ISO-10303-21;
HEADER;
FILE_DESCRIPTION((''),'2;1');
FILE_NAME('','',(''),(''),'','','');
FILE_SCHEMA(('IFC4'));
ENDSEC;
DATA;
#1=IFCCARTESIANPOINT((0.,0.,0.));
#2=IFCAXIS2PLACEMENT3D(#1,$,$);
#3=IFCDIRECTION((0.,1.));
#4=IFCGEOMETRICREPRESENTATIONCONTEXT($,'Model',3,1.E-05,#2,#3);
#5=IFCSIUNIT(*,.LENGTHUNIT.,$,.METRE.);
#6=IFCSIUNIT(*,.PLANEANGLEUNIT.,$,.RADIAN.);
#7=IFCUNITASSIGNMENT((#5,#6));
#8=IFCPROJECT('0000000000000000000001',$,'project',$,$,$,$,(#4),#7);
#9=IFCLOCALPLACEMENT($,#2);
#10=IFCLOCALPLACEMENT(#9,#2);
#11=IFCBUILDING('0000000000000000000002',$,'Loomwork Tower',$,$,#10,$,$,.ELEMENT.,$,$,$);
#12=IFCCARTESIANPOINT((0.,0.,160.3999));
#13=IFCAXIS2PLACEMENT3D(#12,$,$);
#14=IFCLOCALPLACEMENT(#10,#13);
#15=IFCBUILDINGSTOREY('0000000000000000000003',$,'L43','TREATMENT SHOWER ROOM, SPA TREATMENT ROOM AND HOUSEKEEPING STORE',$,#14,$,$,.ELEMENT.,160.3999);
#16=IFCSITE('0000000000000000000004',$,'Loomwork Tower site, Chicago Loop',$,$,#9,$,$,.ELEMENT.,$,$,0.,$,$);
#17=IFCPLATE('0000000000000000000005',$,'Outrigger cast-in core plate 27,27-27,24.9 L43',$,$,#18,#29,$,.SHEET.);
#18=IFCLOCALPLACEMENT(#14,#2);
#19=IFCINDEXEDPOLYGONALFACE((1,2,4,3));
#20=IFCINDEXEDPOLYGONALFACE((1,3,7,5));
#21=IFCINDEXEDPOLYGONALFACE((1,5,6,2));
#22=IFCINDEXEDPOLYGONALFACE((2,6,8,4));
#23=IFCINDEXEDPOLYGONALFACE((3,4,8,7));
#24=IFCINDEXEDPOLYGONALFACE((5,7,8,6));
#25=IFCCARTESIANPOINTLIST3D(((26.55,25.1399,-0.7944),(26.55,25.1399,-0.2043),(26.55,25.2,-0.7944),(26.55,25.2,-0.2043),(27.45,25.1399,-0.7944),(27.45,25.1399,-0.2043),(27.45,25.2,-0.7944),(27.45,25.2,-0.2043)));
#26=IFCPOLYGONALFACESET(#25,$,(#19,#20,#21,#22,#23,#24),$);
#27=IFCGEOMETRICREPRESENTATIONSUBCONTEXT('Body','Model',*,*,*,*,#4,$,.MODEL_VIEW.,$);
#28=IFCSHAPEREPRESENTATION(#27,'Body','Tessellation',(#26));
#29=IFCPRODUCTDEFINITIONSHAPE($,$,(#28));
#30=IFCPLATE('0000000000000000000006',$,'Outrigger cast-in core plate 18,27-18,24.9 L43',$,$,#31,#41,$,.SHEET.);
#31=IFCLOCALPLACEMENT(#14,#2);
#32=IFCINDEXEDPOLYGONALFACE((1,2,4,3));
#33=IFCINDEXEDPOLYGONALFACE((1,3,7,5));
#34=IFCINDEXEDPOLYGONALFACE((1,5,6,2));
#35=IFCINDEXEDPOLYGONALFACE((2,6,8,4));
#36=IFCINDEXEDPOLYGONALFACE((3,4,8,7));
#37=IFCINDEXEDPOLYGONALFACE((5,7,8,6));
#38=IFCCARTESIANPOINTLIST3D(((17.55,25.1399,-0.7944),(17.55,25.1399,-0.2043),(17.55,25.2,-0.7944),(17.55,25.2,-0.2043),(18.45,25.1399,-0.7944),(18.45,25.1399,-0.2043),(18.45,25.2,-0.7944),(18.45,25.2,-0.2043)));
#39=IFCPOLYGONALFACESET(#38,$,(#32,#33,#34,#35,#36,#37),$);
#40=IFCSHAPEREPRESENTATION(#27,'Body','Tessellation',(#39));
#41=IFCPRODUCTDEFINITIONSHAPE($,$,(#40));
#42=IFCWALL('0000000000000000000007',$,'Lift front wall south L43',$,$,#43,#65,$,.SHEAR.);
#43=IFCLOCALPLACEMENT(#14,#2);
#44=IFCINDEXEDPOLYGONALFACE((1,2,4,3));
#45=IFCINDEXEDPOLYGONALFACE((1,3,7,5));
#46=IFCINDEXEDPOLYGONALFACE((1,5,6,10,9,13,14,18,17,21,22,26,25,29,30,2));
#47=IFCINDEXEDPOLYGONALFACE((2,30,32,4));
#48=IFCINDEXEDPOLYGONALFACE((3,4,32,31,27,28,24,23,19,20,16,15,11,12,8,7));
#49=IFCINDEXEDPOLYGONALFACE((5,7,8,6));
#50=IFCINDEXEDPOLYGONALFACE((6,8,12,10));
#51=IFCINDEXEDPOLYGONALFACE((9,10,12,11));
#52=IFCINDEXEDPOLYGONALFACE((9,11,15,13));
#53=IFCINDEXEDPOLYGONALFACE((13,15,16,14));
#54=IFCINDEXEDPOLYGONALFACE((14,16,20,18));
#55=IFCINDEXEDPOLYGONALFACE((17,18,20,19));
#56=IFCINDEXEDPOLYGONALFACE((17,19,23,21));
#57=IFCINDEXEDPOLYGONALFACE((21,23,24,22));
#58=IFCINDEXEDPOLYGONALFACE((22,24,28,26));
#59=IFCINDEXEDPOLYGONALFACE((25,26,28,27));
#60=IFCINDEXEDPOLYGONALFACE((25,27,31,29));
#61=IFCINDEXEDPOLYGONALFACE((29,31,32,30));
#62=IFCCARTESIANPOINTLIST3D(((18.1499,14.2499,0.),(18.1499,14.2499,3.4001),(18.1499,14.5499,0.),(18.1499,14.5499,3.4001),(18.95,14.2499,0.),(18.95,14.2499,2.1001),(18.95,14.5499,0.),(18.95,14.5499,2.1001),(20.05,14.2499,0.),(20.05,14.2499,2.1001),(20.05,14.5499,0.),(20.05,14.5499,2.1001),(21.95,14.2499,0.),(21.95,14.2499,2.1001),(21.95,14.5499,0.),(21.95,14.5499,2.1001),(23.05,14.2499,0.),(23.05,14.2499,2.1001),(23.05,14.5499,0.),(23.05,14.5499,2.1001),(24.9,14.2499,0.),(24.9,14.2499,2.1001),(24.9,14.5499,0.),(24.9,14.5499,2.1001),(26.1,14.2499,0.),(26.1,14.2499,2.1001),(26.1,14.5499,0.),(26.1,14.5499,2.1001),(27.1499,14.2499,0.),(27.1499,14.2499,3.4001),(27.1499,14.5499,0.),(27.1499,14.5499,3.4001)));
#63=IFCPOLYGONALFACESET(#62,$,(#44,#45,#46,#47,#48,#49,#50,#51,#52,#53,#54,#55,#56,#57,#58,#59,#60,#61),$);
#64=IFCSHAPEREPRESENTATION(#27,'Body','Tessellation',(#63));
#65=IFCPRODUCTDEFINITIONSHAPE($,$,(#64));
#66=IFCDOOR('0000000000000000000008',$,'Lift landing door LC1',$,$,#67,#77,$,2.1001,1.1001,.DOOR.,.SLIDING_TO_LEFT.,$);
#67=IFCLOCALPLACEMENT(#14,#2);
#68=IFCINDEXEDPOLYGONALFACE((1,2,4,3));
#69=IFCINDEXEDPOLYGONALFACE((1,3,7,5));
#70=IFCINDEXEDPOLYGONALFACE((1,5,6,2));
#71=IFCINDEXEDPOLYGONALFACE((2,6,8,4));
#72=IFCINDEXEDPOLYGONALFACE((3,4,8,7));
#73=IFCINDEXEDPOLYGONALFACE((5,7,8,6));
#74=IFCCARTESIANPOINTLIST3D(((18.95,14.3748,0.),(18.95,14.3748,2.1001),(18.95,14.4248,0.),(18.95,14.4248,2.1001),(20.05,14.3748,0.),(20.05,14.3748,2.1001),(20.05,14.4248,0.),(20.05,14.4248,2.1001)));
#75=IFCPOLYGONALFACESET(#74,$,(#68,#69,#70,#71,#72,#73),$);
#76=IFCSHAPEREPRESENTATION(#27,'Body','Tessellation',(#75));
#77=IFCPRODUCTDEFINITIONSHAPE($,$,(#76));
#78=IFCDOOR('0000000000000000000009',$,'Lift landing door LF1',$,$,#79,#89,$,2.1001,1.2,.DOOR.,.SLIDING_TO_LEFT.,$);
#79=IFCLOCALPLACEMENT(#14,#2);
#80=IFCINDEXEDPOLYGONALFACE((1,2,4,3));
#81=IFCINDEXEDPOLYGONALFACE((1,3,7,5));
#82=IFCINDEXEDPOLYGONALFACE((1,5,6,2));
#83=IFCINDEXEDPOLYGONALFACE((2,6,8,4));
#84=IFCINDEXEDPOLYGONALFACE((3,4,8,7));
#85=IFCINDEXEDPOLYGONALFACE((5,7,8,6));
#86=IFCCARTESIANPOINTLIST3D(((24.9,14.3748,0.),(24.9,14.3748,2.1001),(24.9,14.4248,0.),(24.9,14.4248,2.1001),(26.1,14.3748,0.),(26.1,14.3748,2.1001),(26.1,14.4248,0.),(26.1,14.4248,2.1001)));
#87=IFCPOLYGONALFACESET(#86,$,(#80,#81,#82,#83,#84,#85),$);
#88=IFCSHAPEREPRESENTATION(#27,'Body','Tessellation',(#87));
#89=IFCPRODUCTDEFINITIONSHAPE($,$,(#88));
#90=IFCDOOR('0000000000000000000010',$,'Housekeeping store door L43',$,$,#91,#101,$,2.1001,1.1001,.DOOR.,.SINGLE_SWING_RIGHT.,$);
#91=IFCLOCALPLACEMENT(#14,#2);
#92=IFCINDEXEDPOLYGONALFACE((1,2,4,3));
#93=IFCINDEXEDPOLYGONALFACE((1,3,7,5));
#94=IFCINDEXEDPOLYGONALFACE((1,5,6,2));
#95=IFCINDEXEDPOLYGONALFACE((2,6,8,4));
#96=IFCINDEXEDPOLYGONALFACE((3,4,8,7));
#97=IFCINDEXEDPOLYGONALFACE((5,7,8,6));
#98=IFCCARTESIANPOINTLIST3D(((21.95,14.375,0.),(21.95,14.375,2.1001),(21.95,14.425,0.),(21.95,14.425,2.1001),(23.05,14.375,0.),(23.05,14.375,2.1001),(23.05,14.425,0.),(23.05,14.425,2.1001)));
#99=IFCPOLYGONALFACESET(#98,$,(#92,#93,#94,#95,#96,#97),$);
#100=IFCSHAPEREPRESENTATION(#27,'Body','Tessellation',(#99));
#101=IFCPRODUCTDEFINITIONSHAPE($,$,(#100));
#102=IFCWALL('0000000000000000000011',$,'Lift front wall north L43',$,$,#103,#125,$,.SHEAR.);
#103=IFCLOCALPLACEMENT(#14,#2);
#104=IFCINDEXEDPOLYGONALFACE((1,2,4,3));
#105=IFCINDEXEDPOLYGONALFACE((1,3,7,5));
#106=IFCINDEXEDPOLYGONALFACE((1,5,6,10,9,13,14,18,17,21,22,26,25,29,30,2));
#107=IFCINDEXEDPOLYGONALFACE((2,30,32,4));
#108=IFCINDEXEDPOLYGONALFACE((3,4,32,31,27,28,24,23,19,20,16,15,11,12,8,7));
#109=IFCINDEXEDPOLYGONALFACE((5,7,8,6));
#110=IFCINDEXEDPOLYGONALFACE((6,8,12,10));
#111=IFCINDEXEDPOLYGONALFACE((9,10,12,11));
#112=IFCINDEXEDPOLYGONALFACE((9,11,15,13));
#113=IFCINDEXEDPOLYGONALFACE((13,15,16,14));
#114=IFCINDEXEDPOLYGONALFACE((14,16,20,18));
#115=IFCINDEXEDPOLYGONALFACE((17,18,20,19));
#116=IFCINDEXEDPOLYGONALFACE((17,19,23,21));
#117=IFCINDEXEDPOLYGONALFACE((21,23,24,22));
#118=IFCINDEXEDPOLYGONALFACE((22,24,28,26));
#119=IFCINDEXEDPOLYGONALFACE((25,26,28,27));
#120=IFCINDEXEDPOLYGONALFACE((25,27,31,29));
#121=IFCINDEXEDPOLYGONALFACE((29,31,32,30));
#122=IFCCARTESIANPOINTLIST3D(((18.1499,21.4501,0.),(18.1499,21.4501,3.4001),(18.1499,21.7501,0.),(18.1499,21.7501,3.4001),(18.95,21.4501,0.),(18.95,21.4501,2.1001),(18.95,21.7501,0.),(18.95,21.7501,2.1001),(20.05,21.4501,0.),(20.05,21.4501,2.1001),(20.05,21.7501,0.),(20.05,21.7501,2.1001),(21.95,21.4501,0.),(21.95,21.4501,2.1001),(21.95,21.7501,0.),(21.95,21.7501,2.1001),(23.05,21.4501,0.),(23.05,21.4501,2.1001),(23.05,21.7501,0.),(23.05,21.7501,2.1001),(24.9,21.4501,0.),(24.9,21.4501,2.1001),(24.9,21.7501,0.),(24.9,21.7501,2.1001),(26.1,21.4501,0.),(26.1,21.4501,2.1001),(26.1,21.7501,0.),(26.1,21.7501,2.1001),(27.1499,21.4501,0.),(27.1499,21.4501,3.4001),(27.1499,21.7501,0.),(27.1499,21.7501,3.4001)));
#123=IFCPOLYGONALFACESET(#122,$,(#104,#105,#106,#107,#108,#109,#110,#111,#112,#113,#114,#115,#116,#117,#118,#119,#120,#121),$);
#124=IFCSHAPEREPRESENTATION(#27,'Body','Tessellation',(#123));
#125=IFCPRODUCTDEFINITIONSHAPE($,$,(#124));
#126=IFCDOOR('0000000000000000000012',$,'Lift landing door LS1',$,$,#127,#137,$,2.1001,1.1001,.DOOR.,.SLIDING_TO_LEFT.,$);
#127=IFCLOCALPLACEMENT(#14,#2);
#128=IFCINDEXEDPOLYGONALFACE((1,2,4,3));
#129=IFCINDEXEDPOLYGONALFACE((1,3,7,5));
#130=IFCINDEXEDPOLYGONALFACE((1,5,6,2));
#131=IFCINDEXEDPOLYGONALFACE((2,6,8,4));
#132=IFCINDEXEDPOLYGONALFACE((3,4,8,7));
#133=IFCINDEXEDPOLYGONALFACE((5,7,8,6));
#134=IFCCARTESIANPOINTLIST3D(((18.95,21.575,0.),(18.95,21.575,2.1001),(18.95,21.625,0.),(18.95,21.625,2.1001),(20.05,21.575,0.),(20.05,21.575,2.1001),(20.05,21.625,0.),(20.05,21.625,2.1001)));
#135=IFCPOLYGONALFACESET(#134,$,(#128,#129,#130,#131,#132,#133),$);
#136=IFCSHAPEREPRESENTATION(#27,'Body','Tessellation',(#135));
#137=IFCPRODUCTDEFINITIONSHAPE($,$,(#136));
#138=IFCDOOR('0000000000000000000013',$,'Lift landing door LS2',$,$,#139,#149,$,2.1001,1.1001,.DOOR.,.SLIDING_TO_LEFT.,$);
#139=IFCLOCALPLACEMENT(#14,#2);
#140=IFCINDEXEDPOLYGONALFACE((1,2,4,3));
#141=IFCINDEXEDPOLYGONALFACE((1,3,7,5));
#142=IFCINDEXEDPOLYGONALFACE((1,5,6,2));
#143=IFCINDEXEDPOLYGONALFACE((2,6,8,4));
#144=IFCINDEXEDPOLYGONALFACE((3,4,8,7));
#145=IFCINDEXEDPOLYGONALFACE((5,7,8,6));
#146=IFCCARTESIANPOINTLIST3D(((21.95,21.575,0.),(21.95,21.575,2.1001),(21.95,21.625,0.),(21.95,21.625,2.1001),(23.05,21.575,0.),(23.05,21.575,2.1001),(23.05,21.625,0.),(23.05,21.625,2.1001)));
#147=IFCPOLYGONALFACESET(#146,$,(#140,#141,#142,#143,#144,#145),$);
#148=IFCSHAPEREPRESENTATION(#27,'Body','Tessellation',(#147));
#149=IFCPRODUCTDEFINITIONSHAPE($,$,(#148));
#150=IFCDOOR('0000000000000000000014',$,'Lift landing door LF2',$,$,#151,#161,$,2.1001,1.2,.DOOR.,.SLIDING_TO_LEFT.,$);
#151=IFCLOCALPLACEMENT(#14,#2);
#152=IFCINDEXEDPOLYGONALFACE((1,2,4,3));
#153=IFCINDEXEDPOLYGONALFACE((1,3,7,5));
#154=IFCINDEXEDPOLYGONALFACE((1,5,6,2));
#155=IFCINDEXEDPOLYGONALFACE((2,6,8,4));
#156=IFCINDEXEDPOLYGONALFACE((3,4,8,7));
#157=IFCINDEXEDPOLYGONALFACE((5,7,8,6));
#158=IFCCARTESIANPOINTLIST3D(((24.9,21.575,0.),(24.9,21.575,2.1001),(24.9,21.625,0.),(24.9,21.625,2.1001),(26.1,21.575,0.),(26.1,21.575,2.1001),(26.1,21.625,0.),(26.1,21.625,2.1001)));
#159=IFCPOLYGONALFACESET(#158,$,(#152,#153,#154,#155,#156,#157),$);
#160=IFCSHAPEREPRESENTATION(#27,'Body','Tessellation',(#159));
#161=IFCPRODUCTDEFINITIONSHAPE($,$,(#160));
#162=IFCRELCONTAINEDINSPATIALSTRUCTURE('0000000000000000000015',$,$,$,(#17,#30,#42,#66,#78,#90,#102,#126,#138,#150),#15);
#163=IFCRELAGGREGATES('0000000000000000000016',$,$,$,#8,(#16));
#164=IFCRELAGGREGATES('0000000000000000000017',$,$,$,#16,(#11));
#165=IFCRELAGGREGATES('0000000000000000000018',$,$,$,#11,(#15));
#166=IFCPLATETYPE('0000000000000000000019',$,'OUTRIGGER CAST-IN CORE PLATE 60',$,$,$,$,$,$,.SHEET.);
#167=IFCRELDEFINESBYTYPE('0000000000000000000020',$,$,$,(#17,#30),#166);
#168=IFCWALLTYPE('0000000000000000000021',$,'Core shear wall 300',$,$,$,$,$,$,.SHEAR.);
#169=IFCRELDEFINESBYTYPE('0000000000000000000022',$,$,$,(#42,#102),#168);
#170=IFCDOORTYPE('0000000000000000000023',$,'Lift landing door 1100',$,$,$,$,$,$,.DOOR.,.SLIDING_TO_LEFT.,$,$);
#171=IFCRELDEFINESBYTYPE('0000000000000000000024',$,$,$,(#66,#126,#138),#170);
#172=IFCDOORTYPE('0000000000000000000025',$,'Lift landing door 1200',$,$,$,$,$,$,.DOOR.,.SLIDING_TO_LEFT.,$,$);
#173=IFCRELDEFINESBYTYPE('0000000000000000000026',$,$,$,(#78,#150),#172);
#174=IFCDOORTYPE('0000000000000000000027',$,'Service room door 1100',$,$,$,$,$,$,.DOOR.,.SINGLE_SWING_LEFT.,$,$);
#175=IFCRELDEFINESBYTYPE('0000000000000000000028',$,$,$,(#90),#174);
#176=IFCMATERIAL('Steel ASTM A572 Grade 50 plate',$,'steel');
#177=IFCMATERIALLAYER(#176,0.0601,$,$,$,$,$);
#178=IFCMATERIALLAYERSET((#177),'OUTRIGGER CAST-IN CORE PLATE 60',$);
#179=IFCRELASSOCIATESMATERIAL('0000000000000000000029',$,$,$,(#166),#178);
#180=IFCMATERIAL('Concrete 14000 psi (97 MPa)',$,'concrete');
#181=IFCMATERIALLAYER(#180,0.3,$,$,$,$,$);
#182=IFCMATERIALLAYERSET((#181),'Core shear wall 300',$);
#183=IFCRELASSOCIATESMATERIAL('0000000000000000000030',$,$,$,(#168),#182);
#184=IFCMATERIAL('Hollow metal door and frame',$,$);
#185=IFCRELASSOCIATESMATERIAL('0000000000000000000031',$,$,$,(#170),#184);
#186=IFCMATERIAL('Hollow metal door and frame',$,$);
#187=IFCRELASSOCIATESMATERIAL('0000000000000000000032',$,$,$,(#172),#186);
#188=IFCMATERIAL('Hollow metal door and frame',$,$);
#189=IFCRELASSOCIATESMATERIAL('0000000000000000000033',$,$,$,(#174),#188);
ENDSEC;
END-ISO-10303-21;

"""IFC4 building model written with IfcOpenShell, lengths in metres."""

from ifc_helpers import new_model, si_unit, direction, frame, frame_2d, origin, origin_2d, place, context, subcontext, project, spatial, rectangle, extrude, material, layer, layer_set, type_object, element, fill, save


model = new_model("IFC4")

# Units and contexts
model_context = context("Model", 3, precision=1e-05, world=origin(), true_north=direction((0.0, 1.0)))
body_context = subcontext(model_context, "Body", "Model", "MODEL_VIEW")
ifc_project = project(units=[si_unit("LENGTHUNIT", "METRE"), si_unit("PLANEANGLEUNIT", "RADIAN")], contexts=[model_context])

# Site, building, storey
site_placement = place(None, origin())
site = spatial("IfcSite", under=ifc_project, at=site_placement, Name="Loomwork Tower site, Chicago Loop", CompositionType="ELEMENT", RefElevation=0.0)
building_placement = place(site_placement, origin())
building = spatial("IfcBuilding", under=site, at=building_placement, Name="Loomwork Tower", CompositionType="ELEMENT")
storey_placement = place(building_placement, frame((0.0, 0.0, 160.3999)))
storey = spatial("IfcBuildingStorey", under=building, at=storey_placement, Name="L43", Description="TREATMENT SHOWER ROOM, SPA TREATMENT ROOM AND HOUSEKEEPING STORE", CompositionType="ELEMENT", Elevation=160.3999)

# Plates
ifc_material_1 = material(Name="Steel ASTM A572 Grade 50 plate", Category="steel")
ifc_layer_1 = layer(ifc_material_1, 0.0601)
ifc_layer_set_1 = layer_set([ifc_layer_1], Name="OUTRIGGER CAST-IN CORE PLATE 60")
plate_type = type_object("IfcPlateType", Name="OUTRIGGER CAST-IN CORE PLATE 60", PredefinedType="SHEET", material=ifc_layer_set_1)
for number, where, z_axis, x_axis, name in (
    (1, (27.0, 25.1699, -0.7944), (0.0, 0.0, 1.0), (1.0, 0.0, 0.0), "Outrigger cast-in core plate 27,27-27,24.9 L43"),
    (2, (18.0, 25.1699, -0.7944), (0.0, 0.0, 1.0), (1.0, 0.0, 0.0), "Outrigger cast-in core plate 18,27-18,24.9 L43"),
):
    element("IfcPlate", number, at=place(storey_placement, frame(where, z_axis=z_axis, x_axis=x_axis)), inside=storey, type_object=plate_type, Name=name, PredefinedType="SHEET", context=body_context, shape_type="SweptSolid", body=[
        extrude(rectangle(XDim=0.8999, YDim=0.0601, at=origin_2d()), origin(), (0.0, 0.0, 1.0), 0.5901),
    ])

# Walls, openings, doors
ifc_material_2 = material(Name="Concrete 14000 psi (97 MPa)", Category="concrete")
ifc_layer_2 = layer(ifc_material_2, 0.3)
ifc_layer_set_2 = layer_set([ifc_layer_2], Name="Core shear wall 300")
wall_type_1 = type_object("IfcWallType", Name="Core shear wall 300", PredefinedType="SHEAR", material=ifc_layer_set_2)
wall_1_placement = place(storey_placement, frame((18.1499, 14.3999, 0.0), z_axis=(0.0, 0.0, 1.0), x_axis=(1.0, 0.0, 0.0)))
wall_1 = element("IfcWall", 3, at=wall_1_placement, inside=storey, type_object=wall_type_1, Name="Lift front wall south L43", PredefinedType="SHEAR", context=body_context, shape_type="SweptSolid", body=[
    extrude(rectangle(XDim=9.0, YDim=0.3, at=frame_2d((4.5, 0.0))), origin(), (0.0, 0.0, 1.0), 3.4001),
])
opening_1_placement = place(wall_1_placement, frame((0.8, 0.0, 0.0)))
opening_1 = element("IfcOpeningElement", 4, at=opening_1_placement, cuts=wall_1, PredefinedType="OPENING", context=body_context, shape_type="SweptSolid", body=[
    extrude(rectangle(XDim=1.1001, YDim=2.1001, at=frame_2d((0.55, 1.05))), frame((0.0, 0.1599, 0.0), z_axis=(0.0, -1.0, 0.0), x_axis=(1.0, 0.0, 0.0)), (0.0, 0.0, 1.0), 0.3201),
])
opening_2_placement = place(wall_1_placement, frame((6.75, 0.0, 0.0)))
opening_2 = element("IfcOpeningElement", 5, at=opening_2_placement, cuts=wall_1, PredefinedType="OPENING", context=body_context, shape_type="SweptSolid", body=[
    extrude(rectangle(XDim=1.2, YDim=2.1001, at=frame_2d((0.6001, 1.05))), frame((0.0, 0.1599, 0.0), z_axis=(0.0, -1.0, 0.0), x_axis=(1.0, 0.0, 0.0)), (0.0, 0.0, 1.0), 0.3201),
])
opening_3_placement = place(wall_1_placement, frame((3.8, 0.0, 0.0)))
opening_3 = element("IfcOpeningElement", 6, at=opening_3_placement, cuts=wall_1, PredefinedType="OPENING", context=body_context, shape_type="SweptSolid", body=[
    extrude(rectangle(XDim=1.1001, YDim=2.1001, at=frame_2d((0.55, 1.05))), frame((0.0, 0.1599, 0.0), z_axis=(0.0, -1.0, 0.0), x_axis=(1.0, 0.0, 0.0)), (0.0, 0.0, 1.0), 0.3201),
])
ifc_material_3 = material(Name="Hollow metal door and frame")
door_type_1 = type_object("IfcDoorType", Name="Lift landing door 1100", OperationType="SLIDING_TO_LEFT", PredefinedType="DOOR", material=ifc_material_3)
door_1_placement = place(opening_1_placement, origin())
door_1 = element("IfcDoor", 7, at=door_1_placement, inside=storey, type_object=door_type_1, Name="Lift landing door LC1", OperationType="SLIDING_TO_LEFT", OverallHeight=2.1001, OverallWidth=1.1001, PredefinedType="DOOR", context=body_context, shape_type="SweptSolid", body=[
    extrude(rectangle(XDim=1.1001, YDim=2.1001, at=frame_2d((0.55, 1.05))), frame((0.0, 0.0249, 0.0), z_axis=(0.0, -1.0, 0.0), x_axis=(1.0, 0.0, 0.0)), (0.0, 0.0, 1.0), 0.05),
])
fill(opening_1, door_1)
ifc_material_4 = material(Name="Hollow metal door and frame")
door_type_2 = type_object("IfcDoorType", Name="Lift landing door 1200", OperationType="SLIDING_TO_LEFT", PredefinedType="DOOR", material=ifc_material_4)
door_2_placement = place(opening_2_placement, origin())
door_2 = element("IfcDoor", 8, at=door_2_placement, inside=storey, type_object=door_type_2, Name="Lift landing door LF1", OperationType="SLIDING_TO_LEFT", OverallHeight=2.1001, OverallWidth=1.2, PredefinedType="DOOR", context=body_context, shape_type="SweptSolid", body=[
    extrude(rectangle(XDim=1.2, YDim=2.1001, at=frame_2d((0.6001, 1.05))), frame((0.0, 0.0249, 0.0), z_axis=(0.0, -1.0, 0.0), x_axis=(1.0, 0.0, 0.0)), (0.0, 0.0, 1.0), 0.05),
])
fill(opening_2, door_2)
ifc_material_5 = material(Name="Hollow metal door and frame")
door_type_3 = type_object("IfcDoorType", Name="Service room door 1100", OperationType="SINGLE_SWING_LEFT", PredefinedType="DOOR", material=ifc_material_5)
door_3_placement = place(opening_3_placement, frame((1.1001, 0.0, 0.0), z_axis=(0.0, 0.0, 1.0), x_axis=(-1.0, 0.0, 0.0)))
door_3 = element("IfcDoor", 9, at=door_3_placement, inside=storey, type_object=door_type_3, Name="Housekeeping store door L43", OperationType="SINGLE_SWING_RIGHT", OverallHeight=2.1001, OverallWidth=1.1001, PredefinedType="DOOR", context=body_context, shape_type="SweptSolid", body=[
    extrude(rectangle(XDim=1.1001, YDim=2.1001, at=frame_2d((0.55, 1.05))), frame((0.0, 0.0249, 0.0), z_axis=(0.0, -1.0, 0.0), x_axis=(1.0, 0.0, 0.0)), (0.0, 0.0, 1.0), 0.05),
])
fill(opening_3, door_3)
wall_2_placement = place(storey_placement, frame((18.1499, 21.6001, 0.0), z_axis=(0.0, 0.0, 1.0), x_axis=(1.0, 0.0, 0.0)))
wall_2 = element("IfcWall", 10, at=wall_2_placement, inside=storey, type_object=wall_type_1, Name="Lift front wall north L43", PredefinedType="SHEAR", context=body_context, shape_type="SweptSolid", body=[
    extrude(rectangle(XDim=9.0, YDim=0.3, at=frame_2d((4.5, 0.0))), origin(), (0.0, 0.0, 1.0), 3.4001),
])
opening_4_placement = place(wall_2_placement, frame((0.8, 0.0, 0.0)))
opening_4 = element("IfcOpeningElement", 11, at=opening_4_placement, cuts=wall_2, PredefinedType="OPENING", context=body_context, shape_type="SweptSolid", body=[
    extrude(rectangle(XDim=1.1001, YDim=2.1001, at=frame_2d((0.55, 1.05))), frame((0.0, 0.1599, 0.0), z_axis=(0.0, -1.0, 0.0), x_axis=(1.0, 0.0, 0.0)), (0.0, 0.0, 1.0), 0.3201),
])
opening_5_placement = place(wall_2_placement, frame((3.8, 0.0, 0.0)))
opening_5 = element("IfcOpeningElement", 12, at=opening_5_placement, cuts=wall_2, PredefinedType="OPENING", context=body_context, shape_type="SweptSolid", body=[
    extrude(rectangle(XDim=1.1001, YDim=2.1001, at=frame_2d((0.55, 1.05))), frame((0.0, 0.1599, 0.0), z_axis=(0.0, -1.0, 0.0), x_axis=(1.0, 0.0, 0.0)), (0.0, 0.0, 1.0), 0.3201),
])
opening_6_placement = place(wall_2_placement, frame((6.75, 0.0, 0.0)))
opening_6 = element("IfcOpeningElement", 13, at=opening_6_placement, cuts=wall_2, PredefinedType="OPENING", context=body_context, shape_type="SweptSolid", body=[
    extrude(rectangle(XDim=1.2, YDim=2.1001, at=frame_2d((0.6001, 1.05))), frame((0.0, 0.1599, 0.0), z_axis=(0.0, -1.0, 0.0), x_axis=(1.0, 0.0, 0.0)), (0.0, 0.0, 1.0), 0.3201),
])
door_4_placement = place(opening_4_placement, origin())
door_4 = element("IfcDoor", 14, at=door_4_placement, inside=storey, type_object=door_type_1, Name="Lift landing door LS1", OperationType="SLIDING_TO_LEFT", OverallHeight=2.1001, OverallWidth=1.1001, PredefinedType="DOOR", context=body_context, shape_type="SweptSolid", body=[
    extrude(rectangle(XDim=1.1001, YDim=2.1001, at=frame_2d((0.55, 1.05))), frame((0.0, 0.0249, 0.0), z_axis=(0.0, -1.0, 0.0), x_axis=(1.0, 0.0, 0.0)), (0.0, 0.0, 1.0), 0.05),
])
fill(opening_4, door_4)
door_5_placement = place(opening_5_placement, origin())
door_5 = element("IfcDoor", 15, at=door_5_placement, inside=storey, type_object=door_type_1, Name="Lift landing door LS2", OperationType="SLIDING_TO_LEFT", OverallHeight=2.1001, OverallWidth=1.1001, PredefinedType="DOOR", context=body_context, shape_type="SweptSolid", body=[
    extrude(rectangle(XDim=1.1001, YDim=2.1001, at=frame_2d((0.55, 1.05))), frame((0.0, 0.0249, 0.0), z_axis=(0.0, -1.0, 0.0), x_axis=(1.0, 0.0, 0.0)), (0.0, 0.0, 1.0), 0.05),
])
fill(opening_5, door_5)
door_6_placement = place(opening_6_placement, origin())
door_6 = element("IfcDoor", 16, at=door_6_placement, inside=storey, type_object=door_type_2, Name="Lift landing door LF2", OperationType="SLIDING_TO_LEFT", OverallHeight=2.1001, OverallWidth=1.2, PredefinedType="DOOR", context=body_context, shape_type="SweptSolid", body=[
    extrude(rectangle(XDim=1.2, YDim=2.1001, at=frame_2d((0.6001, 1.05))), frame((0.0, 0.0249, 0.0), z_axis=(0.0, -1.0, 0.0), x_axis=(1.0, 0.0, 0.0)), (0.0, 0.0, 1.0), 0.05),
])
fill(opening_6, door_6)

save(model, "model.ifc")
